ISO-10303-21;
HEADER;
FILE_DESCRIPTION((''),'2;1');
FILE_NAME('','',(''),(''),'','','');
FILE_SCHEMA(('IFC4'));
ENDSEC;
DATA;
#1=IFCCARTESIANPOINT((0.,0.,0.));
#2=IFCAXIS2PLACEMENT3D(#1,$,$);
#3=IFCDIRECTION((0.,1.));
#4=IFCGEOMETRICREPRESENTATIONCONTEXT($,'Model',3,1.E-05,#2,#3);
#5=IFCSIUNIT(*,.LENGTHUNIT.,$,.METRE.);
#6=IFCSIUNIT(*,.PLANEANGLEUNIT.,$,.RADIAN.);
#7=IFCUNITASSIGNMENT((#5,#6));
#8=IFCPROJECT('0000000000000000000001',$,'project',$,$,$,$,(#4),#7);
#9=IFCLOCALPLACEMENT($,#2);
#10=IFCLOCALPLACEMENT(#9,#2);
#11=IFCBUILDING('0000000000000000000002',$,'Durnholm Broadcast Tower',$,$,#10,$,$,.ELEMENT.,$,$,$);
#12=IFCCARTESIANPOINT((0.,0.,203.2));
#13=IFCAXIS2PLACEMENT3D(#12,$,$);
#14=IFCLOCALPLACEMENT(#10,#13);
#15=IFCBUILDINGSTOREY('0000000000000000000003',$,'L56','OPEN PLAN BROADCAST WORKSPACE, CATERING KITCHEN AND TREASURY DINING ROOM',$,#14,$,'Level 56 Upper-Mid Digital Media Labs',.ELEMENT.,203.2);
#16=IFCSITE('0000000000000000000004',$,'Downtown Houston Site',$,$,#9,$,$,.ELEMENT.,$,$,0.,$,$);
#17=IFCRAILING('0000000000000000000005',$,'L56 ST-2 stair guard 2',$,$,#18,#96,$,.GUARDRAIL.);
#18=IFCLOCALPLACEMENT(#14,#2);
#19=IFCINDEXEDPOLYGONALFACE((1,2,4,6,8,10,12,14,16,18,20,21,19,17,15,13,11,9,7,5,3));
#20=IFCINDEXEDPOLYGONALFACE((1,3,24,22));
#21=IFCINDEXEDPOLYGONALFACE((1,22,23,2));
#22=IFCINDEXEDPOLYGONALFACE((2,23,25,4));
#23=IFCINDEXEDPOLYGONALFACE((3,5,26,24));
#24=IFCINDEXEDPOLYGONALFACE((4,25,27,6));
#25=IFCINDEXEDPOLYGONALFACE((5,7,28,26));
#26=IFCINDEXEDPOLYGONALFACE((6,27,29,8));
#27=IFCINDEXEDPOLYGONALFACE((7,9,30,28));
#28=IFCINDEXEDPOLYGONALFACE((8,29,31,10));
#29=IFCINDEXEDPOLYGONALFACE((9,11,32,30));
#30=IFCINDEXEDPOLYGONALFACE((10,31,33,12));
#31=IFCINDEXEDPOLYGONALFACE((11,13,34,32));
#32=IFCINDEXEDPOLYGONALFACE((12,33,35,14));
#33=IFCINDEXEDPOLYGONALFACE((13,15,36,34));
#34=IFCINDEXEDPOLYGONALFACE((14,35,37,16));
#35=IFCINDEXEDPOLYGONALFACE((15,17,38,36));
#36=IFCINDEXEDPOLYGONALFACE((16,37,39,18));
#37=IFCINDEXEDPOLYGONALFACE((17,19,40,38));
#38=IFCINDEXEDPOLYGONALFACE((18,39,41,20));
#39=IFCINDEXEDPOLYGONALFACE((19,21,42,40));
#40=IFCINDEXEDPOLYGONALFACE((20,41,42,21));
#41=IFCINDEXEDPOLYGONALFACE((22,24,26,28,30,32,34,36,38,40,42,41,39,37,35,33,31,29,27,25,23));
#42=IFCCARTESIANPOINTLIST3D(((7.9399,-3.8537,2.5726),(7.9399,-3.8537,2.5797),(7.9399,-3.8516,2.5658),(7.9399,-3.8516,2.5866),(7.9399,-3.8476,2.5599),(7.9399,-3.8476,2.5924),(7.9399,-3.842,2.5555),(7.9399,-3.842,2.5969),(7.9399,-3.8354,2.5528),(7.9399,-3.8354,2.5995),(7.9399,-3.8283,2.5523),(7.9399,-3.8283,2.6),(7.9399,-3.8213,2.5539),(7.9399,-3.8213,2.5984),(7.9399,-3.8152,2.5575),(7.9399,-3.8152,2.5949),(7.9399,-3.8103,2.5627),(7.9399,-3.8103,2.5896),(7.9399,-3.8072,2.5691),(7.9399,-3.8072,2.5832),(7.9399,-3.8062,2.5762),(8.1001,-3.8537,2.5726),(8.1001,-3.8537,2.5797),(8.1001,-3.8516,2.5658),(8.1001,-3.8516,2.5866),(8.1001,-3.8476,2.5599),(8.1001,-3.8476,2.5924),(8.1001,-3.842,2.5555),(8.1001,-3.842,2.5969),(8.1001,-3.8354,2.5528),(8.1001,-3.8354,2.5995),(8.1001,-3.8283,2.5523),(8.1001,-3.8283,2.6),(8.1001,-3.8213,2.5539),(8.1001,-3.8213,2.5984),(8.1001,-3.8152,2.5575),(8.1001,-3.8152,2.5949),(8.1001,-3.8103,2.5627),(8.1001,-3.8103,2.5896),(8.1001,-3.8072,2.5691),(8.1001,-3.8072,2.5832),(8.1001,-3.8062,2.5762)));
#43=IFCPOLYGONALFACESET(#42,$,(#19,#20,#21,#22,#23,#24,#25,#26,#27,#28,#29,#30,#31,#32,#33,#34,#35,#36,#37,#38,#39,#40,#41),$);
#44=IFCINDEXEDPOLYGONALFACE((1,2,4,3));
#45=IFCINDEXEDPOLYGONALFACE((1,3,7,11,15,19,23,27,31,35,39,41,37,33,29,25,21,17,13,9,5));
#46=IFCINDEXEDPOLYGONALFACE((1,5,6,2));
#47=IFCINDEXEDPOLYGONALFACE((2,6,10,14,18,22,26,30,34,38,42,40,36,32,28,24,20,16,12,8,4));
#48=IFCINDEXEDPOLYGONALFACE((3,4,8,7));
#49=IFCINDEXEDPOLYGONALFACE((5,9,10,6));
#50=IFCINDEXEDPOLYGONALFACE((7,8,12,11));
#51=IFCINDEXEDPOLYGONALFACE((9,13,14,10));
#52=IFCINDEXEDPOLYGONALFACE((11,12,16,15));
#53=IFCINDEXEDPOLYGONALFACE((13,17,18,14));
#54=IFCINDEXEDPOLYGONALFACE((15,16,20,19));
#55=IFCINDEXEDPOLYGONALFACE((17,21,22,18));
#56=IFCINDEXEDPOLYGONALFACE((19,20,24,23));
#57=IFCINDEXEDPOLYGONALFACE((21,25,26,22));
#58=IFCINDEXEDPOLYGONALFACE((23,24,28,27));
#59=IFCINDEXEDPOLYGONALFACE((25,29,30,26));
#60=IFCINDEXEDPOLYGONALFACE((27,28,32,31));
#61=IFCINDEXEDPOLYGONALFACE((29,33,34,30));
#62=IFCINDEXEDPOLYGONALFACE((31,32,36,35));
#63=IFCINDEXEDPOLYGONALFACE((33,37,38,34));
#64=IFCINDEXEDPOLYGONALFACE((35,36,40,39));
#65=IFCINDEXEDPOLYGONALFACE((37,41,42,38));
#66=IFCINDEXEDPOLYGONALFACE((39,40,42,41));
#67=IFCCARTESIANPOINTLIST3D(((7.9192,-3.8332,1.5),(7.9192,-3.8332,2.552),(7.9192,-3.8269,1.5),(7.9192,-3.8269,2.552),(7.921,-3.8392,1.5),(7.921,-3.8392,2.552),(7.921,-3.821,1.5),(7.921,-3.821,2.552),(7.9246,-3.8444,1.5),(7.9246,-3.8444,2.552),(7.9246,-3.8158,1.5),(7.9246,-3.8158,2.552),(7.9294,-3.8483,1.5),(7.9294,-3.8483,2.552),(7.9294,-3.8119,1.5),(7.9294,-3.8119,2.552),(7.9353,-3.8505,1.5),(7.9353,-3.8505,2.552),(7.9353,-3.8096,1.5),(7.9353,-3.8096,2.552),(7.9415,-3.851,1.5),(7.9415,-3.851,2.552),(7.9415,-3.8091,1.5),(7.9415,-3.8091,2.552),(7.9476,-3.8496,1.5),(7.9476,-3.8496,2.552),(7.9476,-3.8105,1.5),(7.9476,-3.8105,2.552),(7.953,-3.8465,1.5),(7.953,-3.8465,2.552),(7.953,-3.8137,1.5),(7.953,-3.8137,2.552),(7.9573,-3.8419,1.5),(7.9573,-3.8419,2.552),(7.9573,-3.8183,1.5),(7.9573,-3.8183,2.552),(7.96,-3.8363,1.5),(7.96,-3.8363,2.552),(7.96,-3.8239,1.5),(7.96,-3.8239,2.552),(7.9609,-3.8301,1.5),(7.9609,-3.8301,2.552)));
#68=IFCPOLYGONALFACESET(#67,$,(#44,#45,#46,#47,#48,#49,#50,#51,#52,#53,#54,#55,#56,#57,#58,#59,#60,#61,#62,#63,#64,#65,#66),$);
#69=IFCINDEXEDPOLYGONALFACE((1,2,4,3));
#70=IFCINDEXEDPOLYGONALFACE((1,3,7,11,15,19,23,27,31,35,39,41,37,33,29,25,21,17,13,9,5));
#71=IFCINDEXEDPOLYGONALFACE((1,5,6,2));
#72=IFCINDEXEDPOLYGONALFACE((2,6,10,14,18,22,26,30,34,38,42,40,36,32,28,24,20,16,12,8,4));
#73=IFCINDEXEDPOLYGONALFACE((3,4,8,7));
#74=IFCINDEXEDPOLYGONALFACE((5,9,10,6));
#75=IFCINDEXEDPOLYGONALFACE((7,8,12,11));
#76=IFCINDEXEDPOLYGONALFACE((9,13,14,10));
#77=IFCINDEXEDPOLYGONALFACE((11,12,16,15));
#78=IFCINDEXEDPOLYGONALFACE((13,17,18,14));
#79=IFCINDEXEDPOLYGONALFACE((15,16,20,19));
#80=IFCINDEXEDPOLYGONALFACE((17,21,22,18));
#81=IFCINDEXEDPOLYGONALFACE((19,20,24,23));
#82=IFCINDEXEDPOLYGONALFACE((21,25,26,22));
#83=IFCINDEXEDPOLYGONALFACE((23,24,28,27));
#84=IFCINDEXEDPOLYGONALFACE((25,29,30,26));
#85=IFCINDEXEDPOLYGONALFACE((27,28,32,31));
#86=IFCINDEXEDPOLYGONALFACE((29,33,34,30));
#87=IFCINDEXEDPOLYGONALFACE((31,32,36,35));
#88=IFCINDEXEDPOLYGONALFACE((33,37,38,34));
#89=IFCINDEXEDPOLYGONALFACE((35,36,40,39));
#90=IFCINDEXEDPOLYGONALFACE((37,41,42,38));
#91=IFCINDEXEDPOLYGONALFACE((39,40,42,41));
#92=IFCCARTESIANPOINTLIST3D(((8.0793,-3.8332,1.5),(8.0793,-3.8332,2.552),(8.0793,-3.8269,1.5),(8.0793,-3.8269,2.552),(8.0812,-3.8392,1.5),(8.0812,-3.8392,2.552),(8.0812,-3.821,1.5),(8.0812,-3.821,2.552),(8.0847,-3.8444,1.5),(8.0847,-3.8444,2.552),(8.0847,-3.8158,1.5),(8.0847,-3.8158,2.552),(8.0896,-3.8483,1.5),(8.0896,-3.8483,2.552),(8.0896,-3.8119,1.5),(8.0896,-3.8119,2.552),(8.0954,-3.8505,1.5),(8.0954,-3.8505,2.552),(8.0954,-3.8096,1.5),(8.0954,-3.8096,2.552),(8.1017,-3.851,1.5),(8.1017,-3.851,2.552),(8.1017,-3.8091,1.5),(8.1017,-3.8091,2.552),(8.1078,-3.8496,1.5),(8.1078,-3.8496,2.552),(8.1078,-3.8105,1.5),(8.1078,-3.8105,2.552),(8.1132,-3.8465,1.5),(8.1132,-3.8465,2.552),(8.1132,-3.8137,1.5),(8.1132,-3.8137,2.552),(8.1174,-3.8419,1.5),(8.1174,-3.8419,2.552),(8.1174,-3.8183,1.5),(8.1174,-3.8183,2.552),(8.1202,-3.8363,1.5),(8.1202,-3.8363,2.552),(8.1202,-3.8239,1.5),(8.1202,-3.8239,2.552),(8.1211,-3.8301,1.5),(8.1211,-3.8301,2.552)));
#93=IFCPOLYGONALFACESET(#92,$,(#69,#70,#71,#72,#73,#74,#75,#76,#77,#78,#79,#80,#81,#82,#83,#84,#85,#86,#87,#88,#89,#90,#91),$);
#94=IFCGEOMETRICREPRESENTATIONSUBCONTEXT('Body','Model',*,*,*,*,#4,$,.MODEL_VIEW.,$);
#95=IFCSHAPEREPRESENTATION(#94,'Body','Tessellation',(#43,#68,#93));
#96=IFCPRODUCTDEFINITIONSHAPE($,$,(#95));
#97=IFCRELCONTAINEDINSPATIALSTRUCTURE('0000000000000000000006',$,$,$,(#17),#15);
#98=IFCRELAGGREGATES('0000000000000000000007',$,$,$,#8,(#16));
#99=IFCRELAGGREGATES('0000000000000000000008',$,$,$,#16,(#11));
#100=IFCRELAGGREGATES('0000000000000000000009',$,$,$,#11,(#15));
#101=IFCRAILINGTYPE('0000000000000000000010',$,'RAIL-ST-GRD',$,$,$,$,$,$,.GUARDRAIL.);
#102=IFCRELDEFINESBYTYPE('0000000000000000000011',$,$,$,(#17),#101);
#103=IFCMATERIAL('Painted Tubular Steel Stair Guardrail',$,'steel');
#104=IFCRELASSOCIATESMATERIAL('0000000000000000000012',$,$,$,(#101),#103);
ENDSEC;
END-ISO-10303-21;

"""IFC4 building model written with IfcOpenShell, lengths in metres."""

from ifc_helpers import new_model, si_unit, direction, frame, origin, origin_2d, place, context, subcontext, project, spatial, circle, extrude, material, type_object, element, save


model = new_model("IFC4")

# Units and contexts
model_context = context("Model", 3, precision=1e-05, world=origin(), true_north=direction((0.0, 1.0)))
body_context = subcontext(model_context, "Body", "Model", "MODEL_VIEW")
ifc_project = project(units=[si_unit("LENGTHUNIT", "METRE"), si_unit("PLANEANGLEUNIT", "RADIAN")], contexts=[model_context])

# Site, building, storey
site_placement = place(None, origin())
site = spatial("IfcSite", under=ifc_project, at=site_placement, Name="Downtown Houston Site", CompositionType="ELEMENT", RefElevation=0.0)
building_placement = place(site_placement, origin())
building = spatial("IfcBuilding", under=site, at=building_placement, Name="Durnholm Broadcast Tower", CompositionType="ELEMENT")
storey_placement = place(building_placement, frame((0.0, 0.0, 203.2)))
storey = spatial("IfcBuildingStorey", under=building, at=storey_placement, Name="L56", Description="OPEN PLAN BROADCAST WORKSPACE, CATERING KITCHEN AND TREASURY DINING ROOM", LongName="Level 56 Upper-Mid Digital Media Labs", CompositionType="ELEMENT", Elevation=203.2)

# Railing
ifc_material_1 = material(Name="Painted Tubular Steel Stair Guardrail", Category="steel")
railing_type_1 = type_object("IfcRailingType", Name="RAIL-ST-GRD", PredefinedType="GUARDRAIL", material=ifc_material_1)
railing_1_placement = place(storey_placement, frame((7.9399, -3.8301, 1.5)))
element("IfcRailing", 1, at=railing_1_placement, inside=storey, type_object=railing_type_1, Name="L56 ST-2 stair guard 2", PredefinedType="GUARDRAIL", context=body_context, shape_type="SweptSolid", body=[
    extrude(circle(Radius=0.0239, at=origin_2d()), frame((0.0, 0.0, 1.0762), z_axis=(1.0, 0.0, 0.0), x_axis=(0.0, 1.0, 0.0)), (0.0, 0.0, 1.0), 0.1602),
    extrude(circle(Radius=0.021, at=origin_2d()), origin(), (0.0, 0.0, 1.0), 1.052),
    extrude(circle(Radius=0.021, at=origin_2d()), frame((0.1602, 0.0, 0.0)), (0.0, 0.0, 1.0), 1.052),
])

save(model, "model.ifc")
